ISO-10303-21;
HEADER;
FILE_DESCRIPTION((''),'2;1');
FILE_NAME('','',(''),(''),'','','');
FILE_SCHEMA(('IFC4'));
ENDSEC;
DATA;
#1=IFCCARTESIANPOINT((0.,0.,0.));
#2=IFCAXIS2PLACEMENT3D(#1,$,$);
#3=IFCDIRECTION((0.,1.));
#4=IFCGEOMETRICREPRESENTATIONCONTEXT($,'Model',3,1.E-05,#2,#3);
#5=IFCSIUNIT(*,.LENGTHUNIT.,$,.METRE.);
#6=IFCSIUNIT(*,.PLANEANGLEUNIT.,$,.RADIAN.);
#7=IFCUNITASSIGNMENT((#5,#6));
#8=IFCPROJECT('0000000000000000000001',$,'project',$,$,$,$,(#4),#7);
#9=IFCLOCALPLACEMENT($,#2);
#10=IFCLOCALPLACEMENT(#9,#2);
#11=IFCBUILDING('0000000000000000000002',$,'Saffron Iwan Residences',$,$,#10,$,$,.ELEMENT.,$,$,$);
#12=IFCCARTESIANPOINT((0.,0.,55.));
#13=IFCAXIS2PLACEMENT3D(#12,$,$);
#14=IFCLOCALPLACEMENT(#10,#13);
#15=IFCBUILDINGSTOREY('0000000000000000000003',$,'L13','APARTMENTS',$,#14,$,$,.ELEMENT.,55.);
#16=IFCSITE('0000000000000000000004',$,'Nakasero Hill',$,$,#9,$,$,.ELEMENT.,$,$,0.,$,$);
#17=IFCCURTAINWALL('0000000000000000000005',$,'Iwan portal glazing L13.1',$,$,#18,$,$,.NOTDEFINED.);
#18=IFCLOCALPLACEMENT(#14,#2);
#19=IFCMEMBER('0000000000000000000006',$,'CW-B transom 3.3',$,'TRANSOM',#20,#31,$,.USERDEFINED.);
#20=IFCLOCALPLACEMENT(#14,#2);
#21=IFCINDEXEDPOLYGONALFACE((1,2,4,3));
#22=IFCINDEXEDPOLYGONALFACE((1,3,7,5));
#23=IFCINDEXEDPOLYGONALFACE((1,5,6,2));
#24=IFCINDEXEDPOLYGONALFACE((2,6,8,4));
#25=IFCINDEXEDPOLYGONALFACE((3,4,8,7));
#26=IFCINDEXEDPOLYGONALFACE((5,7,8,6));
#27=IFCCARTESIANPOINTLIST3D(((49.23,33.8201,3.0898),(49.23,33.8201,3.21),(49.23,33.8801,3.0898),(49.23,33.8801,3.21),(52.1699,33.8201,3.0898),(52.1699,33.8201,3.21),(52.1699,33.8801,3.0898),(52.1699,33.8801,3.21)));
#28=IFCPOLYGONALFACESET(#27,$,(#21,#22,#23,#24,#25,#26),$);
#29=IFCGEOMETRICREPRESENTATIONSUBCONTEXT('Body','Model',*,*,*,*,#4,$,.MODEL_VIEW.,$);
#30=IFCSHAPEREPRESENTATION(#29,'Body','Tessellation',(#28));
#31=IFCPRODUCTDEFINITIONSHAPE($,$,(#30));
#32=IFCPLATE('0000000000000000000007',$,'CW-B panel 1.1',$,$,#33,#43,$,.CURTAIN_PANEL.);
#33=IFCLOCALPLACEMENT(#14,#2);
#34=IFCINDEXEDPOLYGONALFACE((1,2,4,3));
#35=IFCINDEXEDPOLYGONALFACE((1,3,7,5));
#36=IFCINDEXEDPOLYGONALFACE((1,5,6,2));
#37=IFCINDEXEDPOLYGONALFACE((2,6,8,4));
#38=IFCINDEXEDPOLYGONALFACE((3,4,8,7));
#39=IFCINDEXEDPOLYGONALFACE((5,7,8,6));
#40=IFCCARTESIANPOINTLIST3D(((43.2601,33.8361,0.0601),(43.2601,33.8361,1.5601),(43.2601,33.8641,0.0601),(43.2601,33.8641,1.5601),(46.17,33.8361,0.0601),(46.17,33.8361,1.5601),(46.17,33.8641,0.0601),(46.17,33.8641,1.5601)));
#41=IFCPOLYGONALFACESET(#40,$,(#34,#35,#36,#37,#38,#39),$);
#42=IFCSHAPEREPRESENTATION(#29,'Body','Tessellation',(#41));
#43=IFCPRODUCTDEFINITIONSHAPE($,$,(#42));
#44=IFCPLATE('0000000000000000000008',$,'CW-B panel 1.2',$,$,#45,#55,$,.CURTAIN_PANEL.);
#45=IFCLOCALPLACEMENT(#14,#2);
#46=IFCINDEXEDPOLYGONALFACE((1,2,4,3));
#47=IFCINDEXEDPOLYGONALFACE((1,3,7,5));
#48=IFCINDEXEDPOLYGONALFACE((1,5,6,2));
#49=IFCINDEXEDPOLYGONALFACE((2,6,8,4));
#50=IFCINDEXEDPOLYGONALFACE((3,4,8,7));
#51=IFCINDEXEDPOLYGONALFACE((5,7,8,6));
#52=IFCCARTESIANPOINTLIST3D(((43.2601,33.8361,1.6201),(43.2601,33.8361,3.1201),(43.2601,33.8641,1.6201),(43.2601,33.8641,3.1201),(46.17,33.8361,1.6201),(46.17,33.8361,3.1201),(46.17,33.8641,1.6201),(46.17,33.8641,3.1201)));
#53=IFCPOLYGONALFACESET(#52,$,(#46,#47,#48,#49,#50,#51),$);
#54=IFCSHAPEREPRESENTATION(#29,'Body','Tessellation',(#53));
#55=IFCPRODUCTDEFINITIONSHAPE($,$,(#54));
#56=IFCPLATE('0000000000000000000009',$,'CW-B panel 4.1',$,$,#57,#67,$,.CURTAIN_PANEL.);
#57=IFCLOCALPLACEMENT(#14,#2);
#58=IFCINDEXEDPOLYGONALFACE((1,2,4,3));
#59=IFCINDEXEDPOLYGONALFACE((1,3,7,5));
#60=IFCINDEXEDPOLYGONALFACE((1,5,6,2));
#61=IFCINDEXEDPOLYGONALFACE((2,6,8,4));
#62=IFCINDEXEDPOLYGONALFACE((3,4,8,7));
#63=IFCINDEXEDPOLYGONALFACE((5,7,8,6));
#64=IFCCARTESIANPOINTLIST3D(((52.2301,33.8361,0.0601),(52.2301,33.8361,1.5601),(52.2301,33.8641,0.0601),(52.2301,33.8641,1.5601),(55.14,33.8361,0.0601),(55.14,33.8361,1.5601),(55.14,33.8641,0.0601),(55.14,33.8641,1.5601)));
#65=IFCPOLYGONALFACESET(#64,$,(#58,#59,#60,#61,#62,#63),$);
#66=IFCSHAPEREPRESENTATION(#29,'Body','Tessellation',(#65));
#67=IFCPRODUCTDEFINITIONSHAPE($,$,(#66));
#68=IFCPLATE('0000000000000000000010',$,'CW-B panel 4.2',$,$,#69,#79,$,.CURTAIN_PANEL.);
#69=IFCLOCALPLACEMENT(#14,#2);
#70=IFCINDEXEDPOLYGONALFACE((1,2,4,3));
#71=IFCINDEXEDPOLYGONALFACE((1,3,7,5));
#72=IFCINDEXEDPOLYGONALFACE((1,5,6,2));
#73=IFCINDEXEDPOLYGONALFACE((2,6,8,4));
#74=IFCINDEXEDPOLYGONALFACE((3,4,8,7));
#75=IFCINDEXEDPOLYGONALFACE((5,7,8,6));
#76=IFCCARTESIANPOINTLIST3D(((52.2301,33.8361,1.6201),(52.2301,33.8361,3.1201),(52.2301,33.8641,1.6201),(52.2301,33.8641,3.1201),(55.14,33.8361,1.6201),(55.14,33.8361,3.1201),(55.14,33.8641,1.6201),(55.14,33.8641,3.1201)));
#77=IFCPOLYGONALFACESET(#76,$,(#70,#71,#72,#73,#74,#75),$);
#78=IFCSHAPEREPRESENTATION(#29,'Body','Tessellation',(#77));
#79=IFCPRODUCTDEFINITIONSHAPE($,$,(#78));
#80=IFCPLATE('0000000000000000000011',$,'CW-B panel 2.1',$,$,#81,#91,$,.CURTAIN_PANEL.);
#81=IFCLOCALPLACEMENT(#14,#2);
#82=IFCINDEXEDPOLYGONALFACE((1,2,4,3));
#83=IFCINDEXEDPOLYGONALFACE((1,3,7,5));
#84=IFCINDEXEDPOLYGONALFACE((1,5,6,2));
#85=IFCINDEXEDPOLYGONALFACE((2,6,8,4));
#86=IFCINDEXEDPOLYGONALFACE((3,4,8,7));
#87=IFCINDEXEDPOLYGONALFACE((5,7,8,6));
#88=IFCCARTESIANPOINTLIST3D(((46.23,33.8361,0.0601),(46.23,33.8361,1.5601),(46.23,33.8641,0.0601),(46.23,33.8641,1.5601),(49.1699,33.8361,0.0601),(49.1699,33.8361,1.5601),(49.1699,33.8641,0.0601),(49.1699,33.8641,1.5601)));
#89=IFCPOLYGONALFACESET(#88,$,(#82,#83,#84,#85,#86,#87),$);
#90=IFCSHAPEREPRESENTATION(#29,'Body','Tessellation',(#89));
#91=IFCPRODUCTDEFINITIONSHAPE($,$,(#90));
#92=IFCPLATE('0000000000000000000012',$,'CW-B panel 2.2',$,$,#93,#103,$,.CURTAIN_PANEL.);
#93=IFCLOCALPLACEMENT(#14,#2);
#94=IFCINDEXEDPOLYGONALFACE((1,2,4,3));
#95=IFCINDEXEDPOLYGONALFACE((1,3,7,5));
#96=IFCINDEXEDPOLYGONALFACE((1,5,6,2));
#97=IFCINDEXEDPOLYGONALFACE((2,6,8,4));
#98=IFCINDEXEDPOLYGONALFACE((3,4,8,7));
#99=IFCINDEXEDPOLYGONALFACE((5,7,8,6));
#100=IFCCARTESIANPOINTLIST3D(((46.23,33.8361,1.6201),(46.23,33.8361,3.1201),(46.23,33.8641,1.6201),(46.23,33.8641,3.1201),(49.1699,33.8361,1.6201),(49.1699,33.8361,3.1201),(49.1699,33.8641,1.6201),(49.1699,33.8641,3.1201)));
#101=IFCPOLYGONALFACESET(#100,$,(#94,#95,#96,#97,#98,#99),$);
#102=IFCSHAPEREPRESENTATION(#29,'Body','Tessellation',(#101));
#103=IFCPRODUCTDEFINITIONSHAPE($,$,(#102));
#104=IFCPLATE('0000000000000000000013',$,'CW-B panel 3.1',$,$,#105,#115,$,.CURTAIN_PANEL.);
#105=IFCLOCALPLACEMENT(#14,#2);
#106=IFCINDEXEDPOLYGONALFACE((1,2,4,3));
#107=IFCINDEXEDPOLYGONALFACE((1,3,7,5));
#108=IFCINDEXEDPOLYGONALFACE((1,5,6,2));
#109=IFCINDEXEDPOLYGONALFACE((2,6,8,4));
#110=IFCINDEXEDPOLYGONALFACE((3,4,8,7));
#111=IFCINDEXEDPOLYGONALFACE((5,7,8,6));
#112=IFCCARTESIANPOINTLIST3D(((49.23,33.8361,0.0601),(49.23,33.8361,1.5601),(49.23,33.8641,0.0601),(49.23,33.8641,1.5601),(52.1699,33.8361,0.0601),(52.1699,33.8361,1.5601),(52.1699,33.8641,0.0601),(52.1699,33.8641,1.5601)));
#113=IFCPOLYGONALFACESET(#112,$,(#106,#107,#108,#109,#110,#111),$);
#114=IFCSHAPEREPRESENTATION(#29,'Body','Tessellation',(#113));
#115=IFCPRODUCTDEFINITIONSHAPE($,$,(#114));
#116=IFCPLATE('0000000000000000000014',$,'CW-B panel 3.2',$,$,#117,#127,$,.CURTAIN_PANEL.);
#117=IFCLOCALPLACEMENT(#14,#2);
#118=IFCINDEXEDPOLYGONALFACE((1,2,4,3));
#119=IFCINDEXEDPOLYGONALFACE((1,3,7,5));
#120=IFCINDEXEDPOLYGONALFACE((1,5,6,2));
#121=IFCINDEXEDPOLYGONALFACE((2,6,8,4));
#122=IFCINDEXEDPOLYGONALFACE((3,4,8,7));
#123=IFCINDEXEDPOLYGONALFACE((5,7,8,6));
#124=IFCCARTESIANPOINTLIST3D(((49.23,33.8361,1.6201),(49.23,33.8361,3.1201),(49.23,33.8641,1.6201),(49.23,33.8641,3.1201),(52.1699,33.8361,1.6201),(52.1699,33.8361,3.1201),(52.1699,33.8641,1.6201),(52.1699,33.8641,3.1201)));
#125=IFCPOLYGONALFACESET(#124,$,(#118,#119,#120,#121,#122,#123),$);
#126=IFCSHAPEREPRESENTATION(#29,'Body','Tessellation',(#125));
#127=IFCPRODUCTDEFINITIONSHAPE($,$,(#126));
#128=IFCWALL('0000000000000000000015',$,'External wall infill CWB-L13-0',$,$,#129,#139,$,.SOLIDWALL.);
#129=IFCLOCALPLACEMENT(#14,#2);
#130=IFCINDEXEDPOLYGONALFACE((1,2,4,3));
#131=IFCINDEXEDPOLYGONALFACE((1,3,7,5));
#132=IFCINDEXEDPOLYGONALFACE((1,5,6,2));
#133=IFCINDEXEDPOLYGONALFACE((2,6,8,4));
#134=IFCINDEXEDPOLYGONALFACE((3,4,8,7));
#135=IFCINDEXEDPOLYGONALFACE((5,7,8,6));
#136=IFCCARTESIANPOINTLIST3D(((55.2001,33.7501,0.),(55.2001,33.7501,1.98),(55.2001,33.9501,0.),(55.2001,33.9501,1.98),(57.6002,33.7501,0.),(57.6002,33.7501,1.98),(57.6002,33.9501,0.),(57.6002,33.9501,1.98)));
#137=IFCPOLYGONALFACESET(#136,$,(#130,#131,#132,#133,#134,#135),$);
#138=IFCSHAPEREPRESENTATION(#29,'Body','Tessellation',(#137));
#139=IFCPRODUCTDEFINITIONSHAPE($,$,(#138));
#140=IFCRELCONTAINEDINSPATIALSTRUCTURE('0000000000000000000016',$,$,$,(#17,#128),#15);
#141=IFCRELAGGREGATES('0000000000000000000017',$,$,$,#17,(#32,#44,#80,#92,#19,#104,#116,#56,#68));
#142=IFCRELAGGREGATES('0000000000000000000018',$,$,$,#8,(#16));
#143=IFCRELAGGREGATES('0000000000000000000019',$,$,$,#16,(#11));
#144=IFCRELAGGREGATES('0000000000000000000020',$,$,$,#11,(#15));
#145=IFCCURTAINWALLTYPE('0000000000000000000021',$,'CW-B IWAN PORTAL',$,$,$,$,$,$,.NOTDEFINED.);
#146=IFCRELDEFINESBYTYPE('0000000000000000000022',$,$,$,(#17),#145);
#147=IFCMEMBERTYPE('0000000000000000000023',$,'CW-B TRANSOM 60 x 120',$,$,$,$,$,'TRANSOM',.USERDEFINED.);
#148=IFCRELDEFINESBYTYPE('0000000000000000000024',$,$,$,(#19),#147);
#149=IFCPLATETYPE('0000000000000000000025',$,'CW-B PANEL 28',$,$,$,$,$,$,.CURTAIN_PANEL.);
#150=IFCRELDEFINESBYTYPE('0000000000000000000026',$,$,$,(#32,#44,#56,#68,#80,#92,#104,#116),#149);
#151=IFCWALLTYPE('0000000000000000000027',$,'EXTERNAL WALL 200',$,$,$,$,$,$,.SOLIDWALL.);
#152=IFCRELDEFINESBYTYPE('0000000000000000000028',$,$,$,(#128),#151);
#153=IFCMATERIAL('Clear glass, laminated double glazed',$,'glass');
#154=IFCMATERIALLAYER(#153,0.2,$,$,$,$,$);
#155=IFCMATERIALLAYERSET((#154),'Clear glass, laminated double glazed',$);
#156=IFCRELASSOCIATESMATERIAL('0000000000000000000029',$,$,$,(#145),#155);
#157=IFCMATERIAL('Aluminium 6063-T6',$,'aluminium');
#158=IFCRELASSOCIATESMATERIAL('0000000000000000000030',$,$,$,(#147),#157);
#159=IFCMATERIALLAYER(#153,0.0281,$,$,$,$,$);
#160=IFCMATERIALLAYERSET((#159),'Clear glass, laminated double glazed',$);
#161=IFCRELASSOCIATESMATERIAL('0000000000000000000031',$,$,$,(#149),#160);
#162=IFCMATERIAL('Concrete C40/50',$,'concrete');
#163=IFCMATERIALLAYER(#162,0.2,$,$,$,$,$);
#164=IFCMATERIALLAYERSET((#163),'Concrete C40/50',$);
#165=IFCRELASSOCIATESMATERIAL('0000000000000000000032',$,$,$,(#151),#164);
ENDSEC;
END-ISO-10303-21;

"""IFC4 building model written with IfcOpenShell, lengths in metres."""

from ifc_helpers import new_model, si_unit, direction, frame, frame_2d, origin, origin_2d, place, context, subcontext, project, spatial, rectangle, extrude, source, transform, mapped, material, layer, layer_set, material_profile, profile_set, type_object, element, aggregate, save


model = new_model("IFC4")

# Units and contexts
model_context = context("Model", 3, precision=1e-05, world=origin(), true_north=direction((0.0, 1.0)))
body_context = subcontext(model_context, "Body", "Model", "MODEL_VIEW")
ifc_project = project(units=[si_unit("LENGTHUNIT", "METRE"), si_unit("PLANEANGLEUNIT", "RADIAN")], contexts=[model_context])

# Site, building, storey
site_placement = place(None, origin())
site = spatial("IfcSite", under=ifc_project, at=site_placement, Name="Nakasero Hill", CompositionType="ELEMENT", RefElevation=0.0)
building_placement = place(site_placement, origin())
building = spatial("IfcBuilding", under=site, at=building_placement, Name="Saffron Iwan Residences", CompositionType="ELEMENT")
storey_placement = place(building_placement, frame((0.0, 0.0, 55.0)))
storey = spatial("IfcBuildingStorey", under=building, at=storey_placement, Name="L13", Description="APARTMENTS", CompositionType="ELEMENT", Elevation=55.0)

# Curtain wall, member, plates
ifc_material_1 = material(Name="Clear glass, laminated double glazed", Category="glass")
ifc_layer_1 = layer(ifc_material_1, 0.2)
ifc_layer_set_1 = layer_set([ifc_layer_1], Name="Clear glass, laminated double glazed")
curtain_wall_type = type_object("IfcCurtainWallType", Name="CW-B IWAN PORTAL", PredefinedType="NOTDEFINED", material=ifc_layer_set_1)
curtain_wall_placement = place(storey_placement, origin())
curtain_wall = element("IfcCurtainWall", 1, at=curtain_wall_placement, inside=storey, type_object=curtain_wall_type, Name="Iwan portal glazing L13.1", PredefinedType="NOTDEFINED")
ifc_material_2 = material(Name="Aluminium 6063-T6", Category="aluminium")
ifc_material_profile_1 = material_profile(ifc_material_2, rectangle(XDim=0.0601, YDim=0.1201, at=origin_2d()), Name="CW-B TRANSOM 60 x 120")
ifc_profile_set_1 = profile_set([ifc_material_profile_1], Name="Aluminium 6063-T6")
member_type_1 = type_object("IfcMemberType", Name="CW-B TRANSOM 60 x 120", ElementType="TRANSOM", PredefinedType="USERDEFINED", material=ifc_profile_set_1)
shared_shape_1 = source(origin(), body_context, "Body", "SweptSolid", [
    extrude(rectangle(XDim=0.0601, YDim=0.1201, at=origin_2d()), origin(), (0.0, 0.0, 1.0), 2.9399),
])
member_1_placement = place(storey_placement, frame((49.23, 33.8501, 3.1499), z_axis=(1.0, 0.0, 0.0), x_axis=(0.0, 1.0, 0.0)))
member_1 = element("IfcMember", 2, at=member_1_placement, type_object=member_type_1, Name="CW-B transom 3.3", ObjectType="TRANSOM", PredefinedType="USERDEFINED", context=body_context, shape_type="MappedRepresentation", body=[
    mapped(shared_shape_1, transform((0.0, 0.0, 0.0))),
])
ifc_layer_2 = layer(ifc_material_1, 0.0281)
ifc_layer_set_2 = layer_set([ifc_layer_2], Name="Clear glass, laminated double glazed")
plate_type = type_object("IfcPlateType", Name="CW-B PANEL 28", PredefinedType="CURTAIN_PANEL", material=ifc_layer_set_2)
shared_shape_2 = source(origin(), body_context, "Body", "SweptSolid", [
    extrude(rectangle(XDim=2.9099, YDim=0.0281, at=origin_2d()), origin(), (0.0, 0.0, 1.0), 1.5),
])
plate_1_placement = place(storey_placement, frame((44.7151, 33.8501, 0.0601), z_axis=(0.0, 0.0, 1.0), x_axis=(1.0, 0.0, 0.0)))
plate_1 = element("IfcPlate", 3, at=plate_1_placement, type_object=plate_type, Name="CW-B panel 1.1", PredefinedType="CURTAIN_PANEL", context=body_context, shape_type="MappedRepresentation", body=[
    mapped(shared_shape_2, transform((0.0, 0.0, 0.0))),
])
plate_2_placement = place(storey_placement, frame((44.7151, 33.8501, 1.6201), z_axis=(0.0, 0.0, 1.0), x_axis=(1.0, 0.0, 0.0)))
plate_2 = element("IfcPlate", 4, at=plate_2_placement, type_object=plate_type, Name="CW-B panel 1.2", PredefinedType="CURTAIN_PANEL", context=body_context, shape_type="MappedRepresentation", body=[
    mapped(shared_shape_2, transform((0.0, 0.0, 0.0))),
])
plate_3_placement = place(storey_placement, frame((53.6851, 33.8501, 0.0601), z_axis=(0.0, 0.0, 1.0), x_axis=(1.0, 0.0, 0.0)))
plate_3 = element("IfcPlate", 5, at=plate_3_placement, type_object=plate_type, Name="CW-B panel 4.1", PredefinedType="CURTAIN_PANEL", context=body_context, shape_type="MappedRepresentation", body=[
    mapped(shared_shape_2, transform((0.0, 0.0, 0.0))),
])
plate_4_placement = place(storey_placement, frame((53.6851, 33.8501, 1.6201), z_axis=(0.0, 0.0, 1.0), x_axis=(1.0, 0.0, 0.0)))
plate_4 = element("IfcPlate", 6, at=plate_4_placement, type_object=plate_type, Name="CW-B panel 4.2", PredefinedType="CURTAIN_PANEL", context=body_context, shape_type="MappedRepresentation", body=[
    mapped(shared_shape_2, transform((0.0, 0.0, 0.0))),
])
shared_shape_3 = source(origin(), body_context, "Body", "SweptSolid", [
    extrude(rectangle(XDim=2.9399, YDim=0.0281, at=origin_2d()), origin(), (0.0, 0.0, 1.0), 1.5),
])
plate_5_placement = place(storey_placement, frame((47.7, 33.8501, 0.0601), z_axis=(0.0, 0.0, 1.0), x_axis=(1.0, 0.0, 0.0)))
plate_5 = element("IfcPlate", 7, at=plate_5_placement, type_object=plate_type, Name="CW-B panel 2.1", PredefinedType="CURTAIN_PANEL", context=body_context, shape_type="MappedRepresentation", body=[
    mapped(shared_shape_3, transform((0.0, 0.0, 0.0))),
])
plate_6_placement = place(storey_placement, frame((47.7, 33.8501, 1.6201), z_axis=(0.0, 0.0, 1.0), x_axis=(1.0, 0.0, 0.0)))
plate_6 = element("IfcPlate", 8, at=plate_6_placement, type_object=plate_type, Name="CW-B panel 2.2", PredefinedType="CURTAIN_PANEL", context=body_context, shape_type="MappedRepresentation", body=[
    mapped(shared_shape_3, transform((0.0, 0.0, 0.0))),
])
plate_7_placement = place(storey_placement, frame((50.7, 33.8501, 0.0601), z_axis=(0.0, 0.0, 1.0), x_axis=(1.0, 0.0, 0.0)))
plate_7 = element("IfcPlate", 9, at=plate_7_placement, type_object=plate_type, Name="CW-B panel 3.1", PredefinedType="CURTAIN_PANEL", context=body_context, shape_type="MappedRepresentation", body=[
    mapped(shared_shape_3, transform((0.0, 0.0, 0.0))),
])
plate_8_placement = place(storey_placement, frame((50.7, 33.8501, 1.6201), z_axis=(0.0, 0.0, 1.0), x_axis=(1.0, 0.0, 0.0)))
plate_8 = element("IfcPlate", 10, at=plate_8_placement, type_object=plate_type, Name="CW-B panel 3.2", PredefinedType="CURTAIN_PANEL", context=body_context, shape_type="MappedRepresentation", body=[
    mapped(shared_shape_3, transform((0.0, 0.0, 0.0))),
])
aggregate(curtain_wall, [plate_1, plate_2, plate_5, plate_6, member_1, plate_7, plate_8, plate_3, plate_4])

# Wall
ifc_material_3 = material(Name="Concrete C40/50", Category="concrete")
ifc_layer_3 = layer(ifc_material_3, 0.2)
ifc_layer_set_3 = layer_set([ifc_layer_3], Name="Concrete C40/50")
wall_type = type_object("IfcWallType", Name="EXTERNAL WALL 200", PredefinedType="SOLIDWALL", material=ifc_layer_set_3)
wall_placement = place(storey_placement, frame((55.2, 33.8501, 0.0), z_axis=(0.0, 0.0, 1.0), x_axis=(1.0, 0.0, 0.0)))
element("IfcWall", 11, at=wall_placement, inside=storey, type_object=wall_type, Name="External wall infill CWB-L13-0", PredefinedType="SOLIDWALL", context=body_context, shape_type="SweptSolid", body=[
    extrude(rectangle(XDim=2.4001, YDim=0.2, at=frame_2d((1.2002, 0.0))), origin(), (0.0, 0.0, 1.0), 1.98),
])

save(model, "model.ifc")
